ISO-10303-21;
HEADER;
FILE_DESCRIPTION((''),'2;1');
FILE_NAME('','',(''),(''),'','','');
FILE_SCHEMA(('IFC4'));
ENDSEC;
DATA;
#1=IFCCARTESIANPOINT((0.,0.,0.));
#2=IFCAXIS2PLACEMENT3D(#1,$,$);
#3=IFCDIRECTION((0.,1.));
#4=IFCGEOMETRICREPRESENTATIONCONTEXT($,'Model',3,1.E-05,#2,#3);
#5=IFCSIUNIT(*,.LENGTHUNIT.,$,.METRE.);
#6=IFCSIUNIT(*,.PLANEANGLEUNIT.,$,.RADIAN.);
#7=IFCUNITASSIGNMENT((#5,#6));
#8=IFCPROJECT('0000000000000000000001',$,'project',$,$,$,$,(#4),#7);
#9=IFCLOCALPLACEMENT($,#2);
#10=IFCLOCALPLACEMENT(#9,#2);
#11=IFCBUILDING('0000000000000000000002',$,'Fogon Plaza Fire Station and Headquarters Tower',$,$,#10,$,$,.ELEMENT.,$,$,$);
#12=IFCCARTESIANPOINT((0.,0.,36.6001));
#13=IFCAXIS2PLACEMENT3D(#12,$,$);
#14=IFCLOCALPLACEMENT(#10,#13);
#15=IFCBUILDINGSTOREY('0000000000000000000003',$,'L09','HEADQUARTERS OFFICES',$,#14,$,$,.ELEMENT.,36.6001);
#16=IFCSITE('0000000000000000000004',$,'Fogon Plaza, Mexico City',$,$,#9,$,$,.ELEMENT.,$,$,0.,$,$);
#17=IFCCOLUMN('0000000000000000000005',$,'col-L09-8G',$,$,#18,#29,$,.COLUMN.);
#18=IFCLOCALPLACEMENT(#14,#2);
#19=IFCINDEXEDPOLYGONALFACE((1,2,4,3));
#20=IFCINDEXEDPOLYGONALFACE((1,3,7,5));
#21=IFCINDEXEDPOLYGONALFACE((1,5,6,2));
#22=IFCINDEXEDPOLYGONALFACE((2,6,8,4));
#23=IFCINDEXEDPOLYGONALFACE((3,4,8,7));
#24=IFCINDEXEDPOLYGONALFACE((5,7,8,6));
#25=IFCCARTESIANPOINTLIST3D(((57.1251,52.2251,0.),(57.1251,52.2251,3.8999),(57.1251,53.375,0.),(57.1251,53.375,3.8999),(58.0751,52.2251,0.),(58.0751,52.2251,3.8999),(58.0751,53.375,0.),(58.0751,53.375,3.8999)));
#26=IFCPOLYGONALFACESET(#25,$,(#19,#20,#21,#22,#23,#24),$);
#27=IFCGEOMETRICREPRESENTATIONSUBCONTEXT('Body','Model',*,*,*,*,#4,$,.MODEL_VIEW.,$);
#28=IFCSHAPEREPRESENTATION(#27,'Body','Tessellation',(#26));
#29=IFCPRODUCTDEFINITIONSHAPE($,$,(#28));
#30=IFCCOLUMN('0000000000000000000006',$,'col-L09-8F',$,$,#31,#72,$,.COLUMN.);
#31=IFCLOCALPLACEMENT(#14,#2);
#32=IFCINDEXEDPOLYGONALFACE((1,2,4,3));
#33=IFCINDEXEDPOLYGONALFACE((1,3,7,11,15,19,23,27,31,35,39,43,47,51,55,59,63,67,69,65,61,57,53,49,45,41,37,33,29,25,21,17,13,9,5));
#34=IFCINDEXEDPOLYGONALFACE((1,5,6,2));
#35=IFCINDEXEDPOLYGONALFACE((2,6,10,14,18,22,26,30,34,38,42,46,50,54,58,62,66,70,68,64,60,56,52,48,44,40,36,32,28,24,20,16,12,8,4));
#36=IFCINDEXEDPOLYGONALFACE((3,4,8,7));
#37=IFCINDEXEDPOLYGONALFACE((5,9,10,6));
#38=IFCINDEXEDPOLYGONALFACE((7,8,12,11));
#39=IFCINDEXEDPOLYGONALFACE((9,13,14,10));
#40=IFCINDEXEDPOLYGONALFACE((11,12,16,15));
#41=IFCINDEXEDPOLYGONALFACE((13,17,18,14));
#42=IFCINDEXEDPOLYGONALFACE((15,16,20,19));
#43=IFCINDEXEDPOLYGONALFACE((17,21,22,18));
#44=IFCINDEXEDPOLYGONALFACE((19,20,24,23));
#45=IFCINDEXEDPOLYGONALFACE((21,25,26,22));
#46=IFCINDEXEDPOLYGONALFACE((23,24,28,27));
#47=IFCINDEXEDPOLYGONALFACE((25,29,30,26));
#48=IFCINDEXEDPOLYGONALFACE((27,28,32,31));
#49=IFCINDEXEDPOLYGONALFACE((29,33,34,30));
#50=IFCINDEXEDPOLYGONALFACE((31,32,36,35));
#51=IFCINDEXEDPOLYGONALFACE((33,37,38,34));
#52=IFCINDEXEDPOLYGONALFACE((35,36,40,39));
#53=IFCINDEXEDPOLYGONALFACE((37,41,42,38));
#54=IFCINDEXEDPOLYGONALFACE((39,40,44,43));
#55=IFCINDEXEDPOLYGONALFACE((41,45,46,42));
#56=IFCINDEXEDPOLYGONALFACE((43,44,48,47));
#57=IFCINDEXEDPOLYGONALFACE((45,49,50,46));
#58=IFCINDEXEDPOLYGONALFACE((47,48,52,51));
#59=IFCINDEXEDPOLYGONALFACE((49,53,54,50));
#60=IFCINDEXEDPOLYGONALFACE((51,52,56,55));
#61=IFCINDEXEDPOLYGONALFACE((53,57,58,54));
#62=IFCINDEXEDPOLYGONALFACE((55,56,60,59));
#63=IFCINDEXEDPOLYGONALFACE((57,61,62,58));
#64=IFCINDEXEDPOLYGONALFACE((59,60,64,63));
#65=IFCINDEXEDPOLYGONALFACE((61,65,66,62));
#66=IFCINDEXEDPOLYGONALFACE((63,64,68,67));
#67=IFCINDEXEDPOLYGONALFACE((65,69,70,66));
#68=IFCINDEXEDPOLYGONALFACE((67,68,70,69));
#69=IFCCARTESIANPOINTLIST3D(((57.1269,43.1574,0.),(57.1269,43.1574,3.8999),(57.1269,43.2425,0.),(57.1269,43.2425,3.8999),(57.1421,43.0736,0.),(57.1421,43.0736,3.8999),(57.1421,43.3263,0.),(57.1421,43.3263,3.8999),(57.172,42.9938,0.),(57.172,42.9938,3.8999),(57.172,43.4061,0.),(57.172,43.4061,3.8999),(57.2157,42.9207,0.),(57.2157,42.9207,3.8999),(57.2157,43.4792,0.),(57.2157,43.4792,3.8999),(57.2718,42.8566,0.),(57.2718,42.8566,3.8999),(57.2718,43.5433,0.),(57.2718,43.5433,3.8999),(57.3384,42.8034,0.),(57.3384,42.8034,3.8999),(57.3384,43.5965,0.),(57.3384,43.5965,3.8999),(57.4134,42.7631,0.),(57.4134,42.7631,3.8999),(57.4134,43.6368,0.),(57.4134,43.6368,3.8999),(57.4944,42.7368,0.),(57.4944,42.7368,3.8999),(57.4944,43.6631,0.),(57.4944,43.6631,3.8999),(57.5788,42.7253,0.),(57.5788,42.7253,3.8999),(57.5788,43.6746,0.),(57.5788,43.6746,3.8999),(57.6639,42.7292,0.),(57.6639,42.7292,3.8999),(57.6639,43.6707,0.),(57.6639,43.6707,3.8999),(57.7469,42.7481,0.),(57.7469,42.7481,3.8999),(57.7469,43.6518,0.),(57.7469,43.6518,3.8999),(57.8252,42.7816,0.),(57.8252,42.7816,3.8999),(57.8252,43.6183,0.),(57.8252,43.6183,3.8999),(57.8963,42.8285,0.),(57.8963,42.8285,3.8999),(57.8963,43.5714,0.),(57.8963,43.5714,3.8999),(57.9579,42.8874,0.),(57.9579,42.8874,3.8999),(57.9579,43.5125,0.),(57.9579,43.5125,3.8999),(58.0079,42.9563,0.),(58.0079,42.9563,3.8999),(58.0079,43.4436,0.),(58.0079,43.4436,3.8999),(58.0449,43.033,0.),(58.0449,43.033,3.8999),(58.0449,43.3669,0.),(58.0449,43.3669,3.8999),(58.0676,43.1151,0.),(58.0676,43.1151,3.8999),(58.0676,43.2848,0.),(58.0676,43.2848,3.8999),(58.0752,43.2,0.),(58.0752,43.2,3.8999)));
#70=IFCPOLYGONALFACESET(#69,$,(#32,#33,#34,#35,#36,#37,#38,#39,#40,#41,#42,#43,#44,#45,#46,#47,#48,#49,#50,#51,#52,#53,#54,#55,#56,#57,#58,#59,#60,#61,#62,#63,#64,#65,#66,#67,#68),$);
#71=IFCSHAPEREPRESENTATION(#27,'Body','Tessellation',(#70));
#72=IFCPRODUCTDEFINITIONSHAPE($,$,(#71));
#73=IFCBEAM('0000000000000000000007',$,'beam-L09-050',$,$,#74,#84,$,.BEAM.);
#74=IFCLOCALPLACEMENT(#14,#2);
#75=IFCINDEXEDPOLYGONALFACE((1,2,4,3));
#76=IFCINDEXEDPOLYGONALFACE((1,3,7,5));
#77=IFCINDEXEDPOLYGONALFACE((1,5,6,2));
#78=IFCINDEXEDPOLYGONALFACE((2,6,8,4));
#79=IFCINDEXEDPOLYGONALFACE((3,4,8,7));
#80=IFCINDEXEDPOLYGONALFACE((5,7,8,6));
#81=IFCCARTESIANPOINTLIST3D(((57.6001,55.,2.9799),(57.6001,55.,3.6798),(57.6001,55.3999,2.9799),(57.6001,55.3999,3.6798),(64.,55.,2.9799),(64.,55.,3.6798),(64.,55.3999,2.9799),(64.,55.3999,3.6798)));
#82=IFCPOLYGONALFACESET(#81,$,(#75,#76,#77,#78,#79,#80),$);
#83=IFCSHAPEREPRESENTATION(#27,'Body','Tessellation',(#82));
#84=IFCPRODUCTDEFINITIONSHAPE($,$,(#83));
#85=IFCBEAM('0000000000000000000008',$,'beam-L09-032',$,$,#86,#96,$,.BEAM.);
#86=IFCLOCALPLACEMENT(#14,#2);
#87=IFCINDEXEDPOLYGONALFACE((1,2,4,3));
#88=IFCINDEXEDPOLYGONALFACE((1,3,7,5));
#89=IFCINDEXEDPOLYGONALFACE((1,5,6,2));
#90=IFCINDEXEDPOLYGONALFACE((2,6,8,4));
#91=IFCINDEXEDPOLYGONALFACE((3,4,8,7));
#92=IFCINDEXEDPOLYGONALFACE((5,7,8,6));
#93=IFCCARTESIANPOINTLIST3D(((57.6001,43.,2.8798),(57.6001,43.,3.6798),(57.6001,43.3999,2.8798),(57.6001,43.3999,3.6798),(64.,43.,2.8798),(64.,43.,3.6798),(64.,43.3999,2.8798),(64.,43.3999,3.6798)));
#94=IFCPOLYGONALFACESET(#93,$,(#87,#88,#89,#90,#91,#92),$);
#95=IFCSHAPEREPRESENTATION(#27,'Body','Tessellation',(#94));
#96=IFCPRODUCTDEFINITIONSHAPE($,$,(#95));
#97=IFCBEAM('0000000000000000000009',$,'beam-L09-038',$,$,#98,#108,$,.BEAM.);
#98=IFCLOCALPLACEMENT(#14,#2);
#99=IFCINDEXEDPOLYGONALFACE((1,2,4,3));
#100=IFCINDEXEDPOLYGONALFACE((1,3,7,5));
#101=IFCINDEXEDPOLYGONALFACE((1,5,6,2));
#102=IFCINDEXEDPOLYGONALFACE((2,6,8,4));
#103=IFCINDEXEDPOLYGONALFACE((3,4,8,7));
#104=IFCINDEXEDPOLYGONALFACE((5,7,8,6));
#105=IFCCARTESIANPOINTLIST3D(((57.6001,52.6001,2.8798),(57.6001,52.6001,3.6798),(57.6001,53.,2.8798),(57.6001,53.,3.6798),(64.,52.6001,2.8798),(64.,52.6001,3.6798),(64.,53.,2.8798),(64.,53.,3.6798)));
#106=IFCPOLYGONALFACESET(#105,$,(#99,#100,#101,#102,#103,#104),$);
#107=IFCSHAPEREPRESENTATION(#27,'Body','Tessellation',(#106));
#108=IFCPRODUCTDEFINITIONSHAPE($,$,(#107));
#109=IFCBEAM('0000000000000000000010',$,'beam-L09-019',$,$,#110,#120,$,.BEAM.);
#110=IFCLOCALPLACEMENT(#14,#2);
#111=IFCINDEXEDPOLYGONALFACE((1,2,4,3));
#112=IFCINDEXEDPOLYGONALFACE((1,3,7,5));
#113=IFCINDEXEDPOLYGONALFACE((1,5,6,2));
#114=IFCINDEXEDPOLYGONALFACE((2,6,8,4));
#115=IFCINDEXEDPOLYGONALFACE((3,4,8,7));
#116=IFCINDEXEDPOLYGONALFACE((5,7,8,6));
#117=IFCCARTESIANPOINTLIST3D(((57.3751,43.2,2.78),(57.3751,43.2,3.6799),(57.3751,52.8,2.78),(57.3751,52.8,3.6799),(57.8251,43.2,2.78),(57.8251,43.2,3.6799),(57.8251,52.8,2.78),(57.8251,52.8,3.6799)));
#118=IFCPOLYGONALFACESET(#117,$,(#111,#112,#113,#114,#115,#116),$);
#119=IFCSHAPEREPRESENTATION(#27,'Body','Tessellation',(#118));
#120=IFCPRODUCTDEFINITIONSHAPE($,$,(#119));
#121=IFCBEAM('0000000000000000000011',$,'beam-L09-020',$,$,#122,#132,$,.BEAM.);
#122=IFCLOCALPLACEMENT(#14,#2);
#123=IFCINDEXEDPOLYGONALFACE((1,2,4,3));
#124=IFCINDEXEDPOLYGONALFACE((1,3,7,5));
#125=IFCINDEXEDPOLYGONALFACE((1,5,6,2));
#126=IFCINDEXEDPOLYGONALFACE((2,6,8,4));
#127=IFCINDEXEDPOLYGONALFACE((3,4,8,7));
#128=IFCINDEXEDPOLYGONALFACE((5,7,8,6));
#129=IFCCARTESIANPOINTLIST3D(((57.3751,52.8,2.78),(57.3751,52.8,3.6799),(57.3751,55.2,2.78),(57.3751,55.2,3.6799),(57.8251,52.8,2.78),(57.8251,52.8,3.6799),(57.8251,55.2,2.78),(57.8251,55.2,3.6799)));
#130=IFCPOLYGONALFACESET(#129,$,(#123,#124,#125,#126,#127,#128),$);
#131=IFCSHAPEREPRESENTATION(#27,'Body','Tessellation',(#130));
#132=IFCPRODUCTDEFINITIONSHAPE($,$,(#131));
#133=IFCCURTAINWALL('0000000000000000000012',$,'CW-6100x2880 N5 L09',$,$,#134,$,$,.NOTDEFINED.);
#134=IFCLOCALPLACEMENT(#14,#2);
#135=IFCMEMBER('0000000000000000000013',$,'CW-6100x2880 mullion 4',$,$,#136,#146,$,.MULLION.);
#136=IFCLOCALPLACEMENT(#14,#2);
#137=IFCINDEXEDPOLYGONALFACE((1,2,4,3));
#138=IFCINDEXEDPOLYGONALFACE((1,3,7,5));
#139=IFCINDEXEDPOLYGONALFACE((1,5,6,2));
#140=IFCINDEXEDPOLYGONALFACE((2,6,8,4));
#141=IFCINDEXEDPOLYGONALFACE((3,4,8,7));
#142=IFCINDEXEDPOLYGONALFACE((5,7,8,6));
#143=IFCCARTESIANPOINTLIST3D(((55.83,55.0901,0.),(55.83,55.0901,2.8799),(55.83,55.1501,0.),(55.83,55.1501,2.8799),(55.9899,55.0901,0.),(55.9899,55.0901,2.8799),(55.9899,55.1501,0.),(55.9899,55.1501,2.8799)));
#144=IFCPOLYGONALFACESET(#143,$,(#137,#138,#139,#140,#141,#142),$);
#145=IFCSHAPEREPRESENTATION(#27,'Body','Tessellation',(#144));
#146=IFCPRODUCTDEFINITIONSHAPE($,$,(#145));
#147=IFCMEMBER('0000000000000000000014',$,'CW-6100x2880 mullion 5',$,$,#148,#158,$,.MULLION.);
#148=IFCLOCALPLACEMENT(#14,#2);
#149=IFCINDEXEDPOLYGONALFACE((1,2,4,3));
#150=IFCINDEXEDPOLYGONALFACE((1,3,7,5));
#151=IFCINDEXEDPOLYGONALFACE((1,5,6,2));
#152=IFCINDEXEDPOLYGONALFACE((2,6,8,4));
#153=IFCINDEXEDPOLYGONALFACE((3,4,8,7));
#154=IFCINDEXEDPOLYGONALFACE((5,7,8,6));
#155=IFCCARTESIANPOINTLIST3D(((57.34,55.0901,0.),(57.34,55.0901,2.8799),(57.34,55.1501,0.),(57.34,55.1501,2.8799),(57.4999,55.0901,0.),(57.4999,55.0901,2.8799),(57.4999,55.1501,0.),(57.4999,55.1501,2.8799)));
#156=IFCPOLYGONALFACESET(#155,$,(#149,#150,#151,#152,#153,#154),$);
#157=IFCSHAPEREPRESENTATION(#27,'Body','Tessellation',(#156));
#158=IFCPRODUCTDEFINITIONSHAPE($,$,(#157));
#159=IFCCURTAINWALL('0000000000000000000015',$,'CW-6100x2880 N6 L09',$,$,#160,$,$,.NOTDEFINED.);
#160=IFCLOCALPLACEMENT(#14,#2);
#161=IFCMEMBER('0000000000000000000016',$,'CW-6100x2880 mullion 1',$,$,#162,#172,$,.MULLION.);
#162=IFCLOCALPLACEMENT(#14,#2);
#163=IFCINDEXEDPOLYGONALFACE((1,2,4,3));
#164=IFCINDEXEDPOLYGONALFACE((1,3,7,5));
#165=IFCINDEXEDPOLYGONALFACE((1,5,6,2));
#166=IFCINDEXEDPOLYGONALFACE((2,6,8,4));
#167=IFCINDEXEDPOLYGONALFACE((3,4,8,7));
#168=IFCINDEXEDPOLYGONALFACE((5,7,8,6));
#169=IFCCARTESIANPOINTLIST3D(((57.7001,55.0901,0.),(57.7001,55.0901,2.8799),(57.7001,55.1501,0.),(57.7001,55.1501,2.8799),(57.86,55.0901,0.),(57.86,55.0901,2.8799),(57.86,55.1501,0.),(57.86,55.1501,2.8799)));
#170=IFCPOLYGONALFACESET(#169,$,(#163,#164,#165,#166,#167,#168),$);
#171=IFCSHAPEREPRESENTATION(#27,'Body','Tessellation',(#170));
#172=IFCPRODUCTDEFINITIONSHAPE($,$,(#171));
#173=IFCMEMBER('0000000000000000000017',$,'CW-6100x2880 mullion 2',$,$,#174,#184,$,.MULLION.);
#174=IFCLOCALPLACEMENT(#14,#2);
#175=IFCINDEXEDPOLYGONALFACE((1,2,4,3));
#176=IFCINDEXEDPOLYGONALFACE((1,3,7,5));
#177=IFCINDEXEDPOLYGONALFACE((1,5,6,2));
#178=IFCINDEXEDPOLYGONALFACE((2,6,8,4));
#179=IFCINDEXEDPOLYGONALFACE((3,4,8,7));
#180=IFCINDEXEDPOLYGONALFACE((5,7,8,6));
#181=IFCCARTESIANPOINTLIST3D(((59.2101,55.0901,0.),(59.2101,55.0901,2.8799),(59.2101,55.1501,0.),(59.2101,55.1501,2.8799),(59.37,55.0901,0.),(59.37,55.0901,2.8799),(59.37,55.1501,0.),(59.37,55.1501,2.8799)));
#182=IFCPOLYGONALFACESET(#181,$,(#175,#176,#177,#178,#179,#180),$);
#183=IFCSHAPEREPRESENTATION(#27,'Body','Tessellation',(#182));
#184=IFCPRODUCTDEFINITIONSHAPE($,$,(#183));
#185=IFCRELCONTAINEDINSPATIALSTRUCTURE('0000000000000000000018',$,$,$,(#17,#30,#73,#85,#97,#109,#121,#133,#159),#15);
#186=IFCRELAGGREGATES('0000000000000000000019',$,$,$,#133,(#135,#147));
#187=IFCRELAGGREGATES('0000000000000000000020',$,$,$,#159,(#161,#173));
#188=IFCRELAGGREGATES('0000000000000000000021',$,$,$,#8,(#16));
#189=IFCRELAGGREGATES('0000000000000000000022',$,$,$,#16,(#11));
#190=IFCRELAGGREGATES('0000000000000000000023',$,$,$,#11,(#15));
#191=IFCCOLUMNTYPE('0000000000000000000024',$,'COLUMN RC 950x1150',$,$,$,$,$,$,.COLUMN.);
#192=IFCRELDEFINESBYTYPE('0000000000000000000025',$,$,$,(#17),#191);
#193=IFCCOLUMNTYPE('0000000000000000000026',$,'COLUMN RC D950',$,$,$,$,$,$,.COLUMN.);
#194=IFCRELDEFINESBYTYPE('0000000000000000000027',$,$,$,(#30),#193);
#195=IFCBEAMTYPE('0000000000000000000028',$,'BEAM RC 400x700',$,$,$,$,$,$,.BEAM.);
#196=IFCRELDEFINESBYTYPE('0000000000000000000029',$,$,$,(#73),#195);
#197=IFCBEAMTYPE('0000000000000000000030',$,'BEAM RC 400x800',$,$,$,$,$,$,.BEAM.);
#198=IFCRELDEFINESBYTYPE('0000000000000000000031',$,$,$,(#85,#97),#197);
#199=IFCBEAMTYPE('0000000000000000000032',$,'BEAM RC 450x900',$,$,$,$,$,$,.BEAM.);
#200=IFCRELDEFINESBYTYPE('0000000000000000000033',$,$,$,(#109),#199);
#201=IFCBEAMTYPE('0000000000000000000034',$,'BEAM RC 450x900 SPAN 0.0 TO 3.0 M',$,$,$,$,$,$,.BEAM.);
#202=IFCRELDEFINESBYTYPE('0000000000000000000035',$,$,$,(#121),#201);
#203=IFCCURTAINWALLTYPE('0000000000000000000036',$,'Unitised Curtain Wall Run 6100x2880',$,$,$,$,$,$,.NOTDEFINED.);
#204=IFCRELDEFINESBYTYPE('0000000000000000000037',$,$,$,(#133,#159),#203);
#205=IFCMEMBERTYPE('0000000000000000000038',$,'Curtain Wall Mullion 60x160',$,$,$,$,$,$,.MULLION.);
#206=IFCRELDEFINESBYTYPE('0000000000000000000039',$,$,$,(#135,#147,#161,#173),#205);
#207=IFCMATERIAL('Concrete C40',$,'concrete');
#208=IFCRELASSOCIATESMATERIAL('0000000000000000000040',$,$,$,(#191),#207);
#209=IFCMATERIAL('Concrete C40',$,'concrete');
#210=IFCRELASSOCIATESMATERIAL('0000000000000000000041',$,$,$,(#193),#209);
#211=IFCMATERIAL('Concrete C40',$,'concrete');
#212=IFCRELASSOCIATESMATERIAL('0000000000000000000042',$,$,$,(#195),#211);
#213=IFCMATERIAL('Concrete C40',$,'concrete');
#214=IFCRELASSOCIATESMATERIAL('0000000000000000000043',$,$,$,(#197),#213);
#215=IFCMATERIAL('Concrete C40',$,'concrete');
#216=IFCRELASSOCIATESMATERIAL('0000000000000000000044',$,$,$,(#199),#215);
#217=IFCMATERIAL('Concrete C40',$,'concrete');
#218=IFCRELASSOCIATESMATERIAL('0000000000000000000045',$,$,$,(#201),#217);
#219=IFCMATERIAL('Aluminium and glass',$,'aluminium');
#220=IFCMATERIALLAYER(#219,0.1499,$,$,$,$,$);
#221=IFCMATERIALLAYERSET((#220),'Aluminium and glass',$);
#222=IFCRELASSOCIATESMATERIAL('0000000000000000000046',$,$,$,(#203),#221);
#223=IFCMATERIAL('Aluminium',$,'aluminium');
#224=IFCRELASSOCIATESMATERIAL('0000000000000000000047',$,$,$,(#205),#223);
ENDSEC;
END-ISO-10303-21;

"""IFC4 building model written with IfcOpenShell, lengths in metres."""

from ifc_helpers import new_model, si_unit, direction, frame, origin, origin_2d, place, context, subcontext, project, spatial, rectangle, circle, extrude, material, layer, layer_set, material_profile, profile_set, type_object, element, aggregate, save


model = new_model("IFC4")

# Units and contexts
model_context = context("Model", 3, precision=1e-05, world=origin(), true_north=direction((0.0, 1.0)))
body_context = subcontext(model_context, "Body", "Model", "MODEL_VIEW")
ifc_project = project(units=[si_unit("LENGTHUNIT", "METRE"), si_unit("PLANEANGLEUNIT", "RADIAN")], contexts=[model_context])

# Site, building, storey
site_placement = place(None, origin())
site = spatial("IfcSite", under=ifc_project, at=site_placement, Name="Fogon Plaza, Mexico City", CompositionType="ELEMENT", RefElevation=0.0)
building_placement = place(site_placement, origin())
building = spatial("IfcBuilding", under=site, at=building_placement, Name="Fogon Plaza Fire Station and Headquarters Tower", CompositionType="ELEMENT")
storey_placement = place(building_placement, frame((0.0, 0.0, 36.6001)))
storey = spatial("IfcBuildingStorey", under=building, at=storey_placement, Name="L09", Description="HEADQUARTERS OFFICES", CompositionType="ELEMENT", Elevation=36.6001)

# Columns
ifc_material_1 = material(Name="Concrete C40", Category="concrete")
ifc_material_profile_1 = material_profile(ifc_material_1, rectangle(XDim=0.95, YDim=1.1499, at=origin_2d()), Name="RC 950x1150")
ifc_profile_set_1 = profile_set([ifc_material_profile_1], Name="Concrete C40")
column_type_1 = type_object("IfcColumnType", Name="COLUMN RC 950x1150", PredefinedType="COLUMN", material=ifc_profile_set_1)
column_1_placement = place(storey_placement, frame((57.6001, 52.8, 0.0), z_axis=(0.0, 0.0, 1.0), x_axis=(1.0, 0.0, 0.0)))
element("IfcColumn", 1, at=column_1_placement, inside=storey, type_object=column_type_1, Name="col-L09-8G", PredefinedType="COLUMN", context=body_context, shape_type="SweptSolid", body=[
    extrude(rectangle(XDim=0.95, YDim=1.1499, at=origin_2d()), origin(), (0.0, 0.0, 1.0), 3.8999),
])
ifc_material_2 = material(Name="Concrete C40", Category="concrete")
ifc_material_profile_2 = material_profile(ifc_material_2, circle(Radius=0.4751, at=origin_2d()), Name="RC D950")
ifc_profile_set_2 = profile_set([ifc_material_profile_2], Name="Concrete C40")
column_type_2 = type_object("IfcColumnType", Name="COLUMN RC D950", PredefinedType="COLUMN", material=ifc_profile_set_2)
column_2_placement = place(storey_placement, frame((57.6001, 43.2, 0.0), z_axis=(0.0, 0.0, 1.0), x_axis=(1.0, 0.0, 0.0)))
element("IfcColumn", 2, at=column_2_placement, inside=storey, type_object=column_type_2, Name="col-L09-8F", PredefinedType="COLUMN", context=body_context, shape_type="SweptSolid", body=[
    extrude(circle(Radius=0.4751, at=origin_2d()), origin(), (0.0, 0.0, 1.0), 3.8999),
])

# Beams
ifc_material_3 = material(Name="Concrete C40", Category="concrete")
ifc_material_profile_3 = material_profile(ifc_material_3, rectangle(XDim=0.3999, YDim=0.7, at=origin_2d()), Name="RC 400x700")
ifc_profile_set_3 = profile_set([ifc_material_profile_3], Name="Concrete C40")
beam_type_1 = type_object("IfcBeamType", Name="BEAM RC 400x700", PredefinedType="BEAM", material=ifc_profile_set_3)
beam_1_placement = place(storey_placement, frame((57.6001, 55.2, 3.3298), z_axis=(1.0, 0.0, 0.0), x_axis=(0.0, 1.0, 0.0)))
element("IfcBeam", 3, at=beam_1_placement, inside=storey, type_object=beam_type_1, Name="beam-L09-050", PredefinedType="BEAM", context=body_context, shape_type="SweptSolid", body=[
    extrude(rectangle(XDim=0.3999, YDim=0.7, at=origin_2d()), origin(), (0.0, 0.0, 1.0), 6.3999),
])
ifc_material_4 = material(Name="Concrete C40", Category="concrete")
ifc_material_profile_4 = material_profile(ifc_material_4, rectangle(XDim=0.3999, YDim=0.8, at=origin_2d()), Name="RC 400x800")
ifc_profile_set_4 = profile_set([ifc_material_profile_4], Name="Concrete C40")
beam_type_2 = type_object("IfcBeamType", Name="BEAM RC 400x800", PredefinedType="BEAM", material=ifc_profile_set_4)
for number, where, z_axis, x_axis, name in (
    (4, (57.6001, 43.2, 3.2798), (1.0, 0.0, 0.0), (0.0, 1.0, 0.0), "beam-L09-032"),
    (5, (57.6001, 52.8, 3.2798), (1.0, 0.0, 0.0), (0.0, 1.0, 0.0), "beam-L09-038"),
):
    element("IfcBeam", number, at=place(storey_placement, frame(where, z_axis=z_axis, x_axis=x_axis)), inside=storey, type_object=beam_type_2, Name=name, PredefinedType="BEAM", context=body_context, shape_type="SweptSolid", body=[
        extrude(rectangle(XDim=0.3999, YDim=0.8, at=origin_2d()), origin(), (0.0, 0.0, 1.0), 6.3999),
    ])
ifc_material_5 = material(Name="Concrete C40", Category="concrete")
ifc_material_profile_5 = material_profile(ifc_material_5, rectangle(XDim=0.45, YDim=0.8999, at=origin_2d()), Name="RC 450x900")
ifc_profile_set_5 = profile_set([ifc_material_profile_5], Name="Concrete C40")
beam_type_3 = type_object("IfcBeamType", Name="BEAM RC 450x900", PredefinedType="BEAM", material=ifc_profile_set_5)
beam_2_placement = place(storey_placement, frame((57.6001, 43.2, 3.23), z_axis=(0.0, 1.0, 0.0), x_axis=(-1.0, 0.0, 0.0)))
element("IfcBeam", 6, at=beam_2_placement, inside=storey, type_object=beam_type_3, Name="beam-L09-019", PredefinedType="BEAM", context=body_context, shape_type="SweptSolid", body=[
    extrude(rectangle(XDim=0.45, YDim=0.8999, at=origin_2d()), origin(), (0.0, 0.0, 1.0), 9.6001),
])
ifc_material_6 = material(Name="Concrete C40", Category="concrete")
ifc_material_profile_6 = material_profile(ifc_material_6, rectangle(XDim=0.45, YDim=0.8999, at=origin_2d()), Name="RC 450x900")
ifc_profile_set_6 = profile_set([ifc_material_profile_6], Name="Concrete C40")
beam_type_4 = type_object("IfcBeamType", Name="BEAM RC 450x900 SPAN 0.0 TO 3.0 M", PredefinedType="BEAM", material=ifc_profile_set_6)
beam_3_placement = place(storey_placement, frame((57.6001, 52.8, 3.23), z_axis=(0.0, 1.0, 0.0), x_axis=(-1.0, 0.0, 0.0)))
element("IfcBeam", 7, at=beam_3_placement, inside=storey, type_object=beam_type_4, Name="beam-L09-020", PredefinedType="BEAM", context=body_context, shape_type="SweptSolid", body=[
    extrude(rectangle(XDim=0.45, YDim=0.8999, at=origin_2d()), origin(), (0.0, 0.0, 1.0), 2.3999),
])

# Curtain walls, members
ifc_material_7 = material(Name="Aluminium and glass", Category="aluminium")
ifc_layer_1 = layer(ifc_material_7, 0.1499)
ifc_layer_set_1 = layer_set([ifc_layer_1], Name="Aluminium and glass")
curtain_wall_type = type_object("IfcCurtainWallType", Name="Unitised Curtain Wall Run 6100x2880", PredefinedType="NOTDEFINED", material=ifc_layer_set_1)
curtain_wall_1_placement = place(storey_placement, origin())
curtain_wall_1 = element("IfcCurtainWall", 8, at=curtain_wall_1_placement, inside=storey, type_object=curtain_wall_type, Name="CW-6100x2880 N5 L09", PredefinedType="NOTDEFINED")
ifc_material_8 = material(Name="Aluminium", Category="aluminium")
ifc_material_profile_7 = material_profile(ifc_material_8, rectangle(XDim=0.0601, YDim=0.1599, at=origin_2d()), Name="Curtain Wall Mullion 60x160")
ifc_profile_set_7 = profile_set([ifc_material_profile_7], Name="Aluminium")
member_type_1 = type_object("IfcMemberType", Name="Curtain Wall Mullion 60x160", PredefinedType="MULLION", material=ifc_profile_set_7)
member_1_placement = place(storey_placement, frame((55.9099, 55.1201, 0.0), z_axis=(0.0, 0.0, 1.0), x_axis=(0.0, 1.0, 0.0)))
member_1 = element("IfcMember", 9, at=member_1_placement, type_object=member_type_1, Name="CW-6100x2880 mullion 4", PredefinedType="MULLION", context=body_context, shape_type="SweptSolid", body=[
    extrude(rectangle(XDim=0.0601, YDim=0.1599, at=origin_2d()), origin(), (0.0, 0.0, 1.0), 2.8799),
])
member_2_placement = place(storey_placement, frame((57.4199, 55.1201, 0.0), z_axis=(0.0, 0.0, 1.0), x_axis=(0.0, 1.0, 0.0)))
member_2 = element("IfcMember", 10, at=member_2_placement, type_object=member_type_1, Name="CW-6100x2880 mullion 5", PredefinedType="MULLION", context=body_context, shape_type="SweptSolid", body=[
    extrude(rectangle(XDim=0.0601, YDim=0.1599, at=origin_2d()), origin(), (0.0, 0.0, 1.0), 2.8799),
])
curtain_wall_2_placement = place(storey_placement, origin())
curtain_wall_2 = element("IfcCurtainWall", 11, at=curtain_wall_2_placement, inside=storey, type_object=curtain_wall_type, Name="CW-6100x2880 N6 L09", PredefinedType="NOTDEFINED")
member_3_placement = place(storey_placement, frame((57.78, 55.1201, 0.0), z_axis=(0.0, 0.0, 1.0), x_axis=(0.0, 1.0, 0.0)))
member_3 = element("IfcMember", 12, at=member_3_placement, type_object=member_type_1, Name="CW-6100x2880 mullion 1", PredefinedType="MULLION", context=body_context, shape_type="SweptSolid", body=[
    extrude(rectangle(XDim=0.0601, YDim=0.1599, at=origin_2d()), origin(), (0.0, 0.0, 1.0), 2.8799),
])
member_4_placement = place(storey_placement, frame((59.29, 55.1201, 0.0), z_axis=(0.0, 0.0, 1.0), x_axis=(0.0, 1.0, 0.0)))
member_4 = element("IfcMember", 13, at=member_4_placement, type_object=member_type_1, Name="CW-6100x2880 mullion 2", PredefinedType="MULLION", context=body_context, shape_type="SweptSolid", body=[
    extrude(rectangle(XDim=0.0601, YDim=0.1599, at=origin_2d()), origin(), (0.0, 0.0, 1.0), 2.8799),
])

aggregate(curtain_wall_1, [member_1, member_2])
aggregate(curtain_wall_2, [member_3, member_4])

save(model, "model.ifc")
